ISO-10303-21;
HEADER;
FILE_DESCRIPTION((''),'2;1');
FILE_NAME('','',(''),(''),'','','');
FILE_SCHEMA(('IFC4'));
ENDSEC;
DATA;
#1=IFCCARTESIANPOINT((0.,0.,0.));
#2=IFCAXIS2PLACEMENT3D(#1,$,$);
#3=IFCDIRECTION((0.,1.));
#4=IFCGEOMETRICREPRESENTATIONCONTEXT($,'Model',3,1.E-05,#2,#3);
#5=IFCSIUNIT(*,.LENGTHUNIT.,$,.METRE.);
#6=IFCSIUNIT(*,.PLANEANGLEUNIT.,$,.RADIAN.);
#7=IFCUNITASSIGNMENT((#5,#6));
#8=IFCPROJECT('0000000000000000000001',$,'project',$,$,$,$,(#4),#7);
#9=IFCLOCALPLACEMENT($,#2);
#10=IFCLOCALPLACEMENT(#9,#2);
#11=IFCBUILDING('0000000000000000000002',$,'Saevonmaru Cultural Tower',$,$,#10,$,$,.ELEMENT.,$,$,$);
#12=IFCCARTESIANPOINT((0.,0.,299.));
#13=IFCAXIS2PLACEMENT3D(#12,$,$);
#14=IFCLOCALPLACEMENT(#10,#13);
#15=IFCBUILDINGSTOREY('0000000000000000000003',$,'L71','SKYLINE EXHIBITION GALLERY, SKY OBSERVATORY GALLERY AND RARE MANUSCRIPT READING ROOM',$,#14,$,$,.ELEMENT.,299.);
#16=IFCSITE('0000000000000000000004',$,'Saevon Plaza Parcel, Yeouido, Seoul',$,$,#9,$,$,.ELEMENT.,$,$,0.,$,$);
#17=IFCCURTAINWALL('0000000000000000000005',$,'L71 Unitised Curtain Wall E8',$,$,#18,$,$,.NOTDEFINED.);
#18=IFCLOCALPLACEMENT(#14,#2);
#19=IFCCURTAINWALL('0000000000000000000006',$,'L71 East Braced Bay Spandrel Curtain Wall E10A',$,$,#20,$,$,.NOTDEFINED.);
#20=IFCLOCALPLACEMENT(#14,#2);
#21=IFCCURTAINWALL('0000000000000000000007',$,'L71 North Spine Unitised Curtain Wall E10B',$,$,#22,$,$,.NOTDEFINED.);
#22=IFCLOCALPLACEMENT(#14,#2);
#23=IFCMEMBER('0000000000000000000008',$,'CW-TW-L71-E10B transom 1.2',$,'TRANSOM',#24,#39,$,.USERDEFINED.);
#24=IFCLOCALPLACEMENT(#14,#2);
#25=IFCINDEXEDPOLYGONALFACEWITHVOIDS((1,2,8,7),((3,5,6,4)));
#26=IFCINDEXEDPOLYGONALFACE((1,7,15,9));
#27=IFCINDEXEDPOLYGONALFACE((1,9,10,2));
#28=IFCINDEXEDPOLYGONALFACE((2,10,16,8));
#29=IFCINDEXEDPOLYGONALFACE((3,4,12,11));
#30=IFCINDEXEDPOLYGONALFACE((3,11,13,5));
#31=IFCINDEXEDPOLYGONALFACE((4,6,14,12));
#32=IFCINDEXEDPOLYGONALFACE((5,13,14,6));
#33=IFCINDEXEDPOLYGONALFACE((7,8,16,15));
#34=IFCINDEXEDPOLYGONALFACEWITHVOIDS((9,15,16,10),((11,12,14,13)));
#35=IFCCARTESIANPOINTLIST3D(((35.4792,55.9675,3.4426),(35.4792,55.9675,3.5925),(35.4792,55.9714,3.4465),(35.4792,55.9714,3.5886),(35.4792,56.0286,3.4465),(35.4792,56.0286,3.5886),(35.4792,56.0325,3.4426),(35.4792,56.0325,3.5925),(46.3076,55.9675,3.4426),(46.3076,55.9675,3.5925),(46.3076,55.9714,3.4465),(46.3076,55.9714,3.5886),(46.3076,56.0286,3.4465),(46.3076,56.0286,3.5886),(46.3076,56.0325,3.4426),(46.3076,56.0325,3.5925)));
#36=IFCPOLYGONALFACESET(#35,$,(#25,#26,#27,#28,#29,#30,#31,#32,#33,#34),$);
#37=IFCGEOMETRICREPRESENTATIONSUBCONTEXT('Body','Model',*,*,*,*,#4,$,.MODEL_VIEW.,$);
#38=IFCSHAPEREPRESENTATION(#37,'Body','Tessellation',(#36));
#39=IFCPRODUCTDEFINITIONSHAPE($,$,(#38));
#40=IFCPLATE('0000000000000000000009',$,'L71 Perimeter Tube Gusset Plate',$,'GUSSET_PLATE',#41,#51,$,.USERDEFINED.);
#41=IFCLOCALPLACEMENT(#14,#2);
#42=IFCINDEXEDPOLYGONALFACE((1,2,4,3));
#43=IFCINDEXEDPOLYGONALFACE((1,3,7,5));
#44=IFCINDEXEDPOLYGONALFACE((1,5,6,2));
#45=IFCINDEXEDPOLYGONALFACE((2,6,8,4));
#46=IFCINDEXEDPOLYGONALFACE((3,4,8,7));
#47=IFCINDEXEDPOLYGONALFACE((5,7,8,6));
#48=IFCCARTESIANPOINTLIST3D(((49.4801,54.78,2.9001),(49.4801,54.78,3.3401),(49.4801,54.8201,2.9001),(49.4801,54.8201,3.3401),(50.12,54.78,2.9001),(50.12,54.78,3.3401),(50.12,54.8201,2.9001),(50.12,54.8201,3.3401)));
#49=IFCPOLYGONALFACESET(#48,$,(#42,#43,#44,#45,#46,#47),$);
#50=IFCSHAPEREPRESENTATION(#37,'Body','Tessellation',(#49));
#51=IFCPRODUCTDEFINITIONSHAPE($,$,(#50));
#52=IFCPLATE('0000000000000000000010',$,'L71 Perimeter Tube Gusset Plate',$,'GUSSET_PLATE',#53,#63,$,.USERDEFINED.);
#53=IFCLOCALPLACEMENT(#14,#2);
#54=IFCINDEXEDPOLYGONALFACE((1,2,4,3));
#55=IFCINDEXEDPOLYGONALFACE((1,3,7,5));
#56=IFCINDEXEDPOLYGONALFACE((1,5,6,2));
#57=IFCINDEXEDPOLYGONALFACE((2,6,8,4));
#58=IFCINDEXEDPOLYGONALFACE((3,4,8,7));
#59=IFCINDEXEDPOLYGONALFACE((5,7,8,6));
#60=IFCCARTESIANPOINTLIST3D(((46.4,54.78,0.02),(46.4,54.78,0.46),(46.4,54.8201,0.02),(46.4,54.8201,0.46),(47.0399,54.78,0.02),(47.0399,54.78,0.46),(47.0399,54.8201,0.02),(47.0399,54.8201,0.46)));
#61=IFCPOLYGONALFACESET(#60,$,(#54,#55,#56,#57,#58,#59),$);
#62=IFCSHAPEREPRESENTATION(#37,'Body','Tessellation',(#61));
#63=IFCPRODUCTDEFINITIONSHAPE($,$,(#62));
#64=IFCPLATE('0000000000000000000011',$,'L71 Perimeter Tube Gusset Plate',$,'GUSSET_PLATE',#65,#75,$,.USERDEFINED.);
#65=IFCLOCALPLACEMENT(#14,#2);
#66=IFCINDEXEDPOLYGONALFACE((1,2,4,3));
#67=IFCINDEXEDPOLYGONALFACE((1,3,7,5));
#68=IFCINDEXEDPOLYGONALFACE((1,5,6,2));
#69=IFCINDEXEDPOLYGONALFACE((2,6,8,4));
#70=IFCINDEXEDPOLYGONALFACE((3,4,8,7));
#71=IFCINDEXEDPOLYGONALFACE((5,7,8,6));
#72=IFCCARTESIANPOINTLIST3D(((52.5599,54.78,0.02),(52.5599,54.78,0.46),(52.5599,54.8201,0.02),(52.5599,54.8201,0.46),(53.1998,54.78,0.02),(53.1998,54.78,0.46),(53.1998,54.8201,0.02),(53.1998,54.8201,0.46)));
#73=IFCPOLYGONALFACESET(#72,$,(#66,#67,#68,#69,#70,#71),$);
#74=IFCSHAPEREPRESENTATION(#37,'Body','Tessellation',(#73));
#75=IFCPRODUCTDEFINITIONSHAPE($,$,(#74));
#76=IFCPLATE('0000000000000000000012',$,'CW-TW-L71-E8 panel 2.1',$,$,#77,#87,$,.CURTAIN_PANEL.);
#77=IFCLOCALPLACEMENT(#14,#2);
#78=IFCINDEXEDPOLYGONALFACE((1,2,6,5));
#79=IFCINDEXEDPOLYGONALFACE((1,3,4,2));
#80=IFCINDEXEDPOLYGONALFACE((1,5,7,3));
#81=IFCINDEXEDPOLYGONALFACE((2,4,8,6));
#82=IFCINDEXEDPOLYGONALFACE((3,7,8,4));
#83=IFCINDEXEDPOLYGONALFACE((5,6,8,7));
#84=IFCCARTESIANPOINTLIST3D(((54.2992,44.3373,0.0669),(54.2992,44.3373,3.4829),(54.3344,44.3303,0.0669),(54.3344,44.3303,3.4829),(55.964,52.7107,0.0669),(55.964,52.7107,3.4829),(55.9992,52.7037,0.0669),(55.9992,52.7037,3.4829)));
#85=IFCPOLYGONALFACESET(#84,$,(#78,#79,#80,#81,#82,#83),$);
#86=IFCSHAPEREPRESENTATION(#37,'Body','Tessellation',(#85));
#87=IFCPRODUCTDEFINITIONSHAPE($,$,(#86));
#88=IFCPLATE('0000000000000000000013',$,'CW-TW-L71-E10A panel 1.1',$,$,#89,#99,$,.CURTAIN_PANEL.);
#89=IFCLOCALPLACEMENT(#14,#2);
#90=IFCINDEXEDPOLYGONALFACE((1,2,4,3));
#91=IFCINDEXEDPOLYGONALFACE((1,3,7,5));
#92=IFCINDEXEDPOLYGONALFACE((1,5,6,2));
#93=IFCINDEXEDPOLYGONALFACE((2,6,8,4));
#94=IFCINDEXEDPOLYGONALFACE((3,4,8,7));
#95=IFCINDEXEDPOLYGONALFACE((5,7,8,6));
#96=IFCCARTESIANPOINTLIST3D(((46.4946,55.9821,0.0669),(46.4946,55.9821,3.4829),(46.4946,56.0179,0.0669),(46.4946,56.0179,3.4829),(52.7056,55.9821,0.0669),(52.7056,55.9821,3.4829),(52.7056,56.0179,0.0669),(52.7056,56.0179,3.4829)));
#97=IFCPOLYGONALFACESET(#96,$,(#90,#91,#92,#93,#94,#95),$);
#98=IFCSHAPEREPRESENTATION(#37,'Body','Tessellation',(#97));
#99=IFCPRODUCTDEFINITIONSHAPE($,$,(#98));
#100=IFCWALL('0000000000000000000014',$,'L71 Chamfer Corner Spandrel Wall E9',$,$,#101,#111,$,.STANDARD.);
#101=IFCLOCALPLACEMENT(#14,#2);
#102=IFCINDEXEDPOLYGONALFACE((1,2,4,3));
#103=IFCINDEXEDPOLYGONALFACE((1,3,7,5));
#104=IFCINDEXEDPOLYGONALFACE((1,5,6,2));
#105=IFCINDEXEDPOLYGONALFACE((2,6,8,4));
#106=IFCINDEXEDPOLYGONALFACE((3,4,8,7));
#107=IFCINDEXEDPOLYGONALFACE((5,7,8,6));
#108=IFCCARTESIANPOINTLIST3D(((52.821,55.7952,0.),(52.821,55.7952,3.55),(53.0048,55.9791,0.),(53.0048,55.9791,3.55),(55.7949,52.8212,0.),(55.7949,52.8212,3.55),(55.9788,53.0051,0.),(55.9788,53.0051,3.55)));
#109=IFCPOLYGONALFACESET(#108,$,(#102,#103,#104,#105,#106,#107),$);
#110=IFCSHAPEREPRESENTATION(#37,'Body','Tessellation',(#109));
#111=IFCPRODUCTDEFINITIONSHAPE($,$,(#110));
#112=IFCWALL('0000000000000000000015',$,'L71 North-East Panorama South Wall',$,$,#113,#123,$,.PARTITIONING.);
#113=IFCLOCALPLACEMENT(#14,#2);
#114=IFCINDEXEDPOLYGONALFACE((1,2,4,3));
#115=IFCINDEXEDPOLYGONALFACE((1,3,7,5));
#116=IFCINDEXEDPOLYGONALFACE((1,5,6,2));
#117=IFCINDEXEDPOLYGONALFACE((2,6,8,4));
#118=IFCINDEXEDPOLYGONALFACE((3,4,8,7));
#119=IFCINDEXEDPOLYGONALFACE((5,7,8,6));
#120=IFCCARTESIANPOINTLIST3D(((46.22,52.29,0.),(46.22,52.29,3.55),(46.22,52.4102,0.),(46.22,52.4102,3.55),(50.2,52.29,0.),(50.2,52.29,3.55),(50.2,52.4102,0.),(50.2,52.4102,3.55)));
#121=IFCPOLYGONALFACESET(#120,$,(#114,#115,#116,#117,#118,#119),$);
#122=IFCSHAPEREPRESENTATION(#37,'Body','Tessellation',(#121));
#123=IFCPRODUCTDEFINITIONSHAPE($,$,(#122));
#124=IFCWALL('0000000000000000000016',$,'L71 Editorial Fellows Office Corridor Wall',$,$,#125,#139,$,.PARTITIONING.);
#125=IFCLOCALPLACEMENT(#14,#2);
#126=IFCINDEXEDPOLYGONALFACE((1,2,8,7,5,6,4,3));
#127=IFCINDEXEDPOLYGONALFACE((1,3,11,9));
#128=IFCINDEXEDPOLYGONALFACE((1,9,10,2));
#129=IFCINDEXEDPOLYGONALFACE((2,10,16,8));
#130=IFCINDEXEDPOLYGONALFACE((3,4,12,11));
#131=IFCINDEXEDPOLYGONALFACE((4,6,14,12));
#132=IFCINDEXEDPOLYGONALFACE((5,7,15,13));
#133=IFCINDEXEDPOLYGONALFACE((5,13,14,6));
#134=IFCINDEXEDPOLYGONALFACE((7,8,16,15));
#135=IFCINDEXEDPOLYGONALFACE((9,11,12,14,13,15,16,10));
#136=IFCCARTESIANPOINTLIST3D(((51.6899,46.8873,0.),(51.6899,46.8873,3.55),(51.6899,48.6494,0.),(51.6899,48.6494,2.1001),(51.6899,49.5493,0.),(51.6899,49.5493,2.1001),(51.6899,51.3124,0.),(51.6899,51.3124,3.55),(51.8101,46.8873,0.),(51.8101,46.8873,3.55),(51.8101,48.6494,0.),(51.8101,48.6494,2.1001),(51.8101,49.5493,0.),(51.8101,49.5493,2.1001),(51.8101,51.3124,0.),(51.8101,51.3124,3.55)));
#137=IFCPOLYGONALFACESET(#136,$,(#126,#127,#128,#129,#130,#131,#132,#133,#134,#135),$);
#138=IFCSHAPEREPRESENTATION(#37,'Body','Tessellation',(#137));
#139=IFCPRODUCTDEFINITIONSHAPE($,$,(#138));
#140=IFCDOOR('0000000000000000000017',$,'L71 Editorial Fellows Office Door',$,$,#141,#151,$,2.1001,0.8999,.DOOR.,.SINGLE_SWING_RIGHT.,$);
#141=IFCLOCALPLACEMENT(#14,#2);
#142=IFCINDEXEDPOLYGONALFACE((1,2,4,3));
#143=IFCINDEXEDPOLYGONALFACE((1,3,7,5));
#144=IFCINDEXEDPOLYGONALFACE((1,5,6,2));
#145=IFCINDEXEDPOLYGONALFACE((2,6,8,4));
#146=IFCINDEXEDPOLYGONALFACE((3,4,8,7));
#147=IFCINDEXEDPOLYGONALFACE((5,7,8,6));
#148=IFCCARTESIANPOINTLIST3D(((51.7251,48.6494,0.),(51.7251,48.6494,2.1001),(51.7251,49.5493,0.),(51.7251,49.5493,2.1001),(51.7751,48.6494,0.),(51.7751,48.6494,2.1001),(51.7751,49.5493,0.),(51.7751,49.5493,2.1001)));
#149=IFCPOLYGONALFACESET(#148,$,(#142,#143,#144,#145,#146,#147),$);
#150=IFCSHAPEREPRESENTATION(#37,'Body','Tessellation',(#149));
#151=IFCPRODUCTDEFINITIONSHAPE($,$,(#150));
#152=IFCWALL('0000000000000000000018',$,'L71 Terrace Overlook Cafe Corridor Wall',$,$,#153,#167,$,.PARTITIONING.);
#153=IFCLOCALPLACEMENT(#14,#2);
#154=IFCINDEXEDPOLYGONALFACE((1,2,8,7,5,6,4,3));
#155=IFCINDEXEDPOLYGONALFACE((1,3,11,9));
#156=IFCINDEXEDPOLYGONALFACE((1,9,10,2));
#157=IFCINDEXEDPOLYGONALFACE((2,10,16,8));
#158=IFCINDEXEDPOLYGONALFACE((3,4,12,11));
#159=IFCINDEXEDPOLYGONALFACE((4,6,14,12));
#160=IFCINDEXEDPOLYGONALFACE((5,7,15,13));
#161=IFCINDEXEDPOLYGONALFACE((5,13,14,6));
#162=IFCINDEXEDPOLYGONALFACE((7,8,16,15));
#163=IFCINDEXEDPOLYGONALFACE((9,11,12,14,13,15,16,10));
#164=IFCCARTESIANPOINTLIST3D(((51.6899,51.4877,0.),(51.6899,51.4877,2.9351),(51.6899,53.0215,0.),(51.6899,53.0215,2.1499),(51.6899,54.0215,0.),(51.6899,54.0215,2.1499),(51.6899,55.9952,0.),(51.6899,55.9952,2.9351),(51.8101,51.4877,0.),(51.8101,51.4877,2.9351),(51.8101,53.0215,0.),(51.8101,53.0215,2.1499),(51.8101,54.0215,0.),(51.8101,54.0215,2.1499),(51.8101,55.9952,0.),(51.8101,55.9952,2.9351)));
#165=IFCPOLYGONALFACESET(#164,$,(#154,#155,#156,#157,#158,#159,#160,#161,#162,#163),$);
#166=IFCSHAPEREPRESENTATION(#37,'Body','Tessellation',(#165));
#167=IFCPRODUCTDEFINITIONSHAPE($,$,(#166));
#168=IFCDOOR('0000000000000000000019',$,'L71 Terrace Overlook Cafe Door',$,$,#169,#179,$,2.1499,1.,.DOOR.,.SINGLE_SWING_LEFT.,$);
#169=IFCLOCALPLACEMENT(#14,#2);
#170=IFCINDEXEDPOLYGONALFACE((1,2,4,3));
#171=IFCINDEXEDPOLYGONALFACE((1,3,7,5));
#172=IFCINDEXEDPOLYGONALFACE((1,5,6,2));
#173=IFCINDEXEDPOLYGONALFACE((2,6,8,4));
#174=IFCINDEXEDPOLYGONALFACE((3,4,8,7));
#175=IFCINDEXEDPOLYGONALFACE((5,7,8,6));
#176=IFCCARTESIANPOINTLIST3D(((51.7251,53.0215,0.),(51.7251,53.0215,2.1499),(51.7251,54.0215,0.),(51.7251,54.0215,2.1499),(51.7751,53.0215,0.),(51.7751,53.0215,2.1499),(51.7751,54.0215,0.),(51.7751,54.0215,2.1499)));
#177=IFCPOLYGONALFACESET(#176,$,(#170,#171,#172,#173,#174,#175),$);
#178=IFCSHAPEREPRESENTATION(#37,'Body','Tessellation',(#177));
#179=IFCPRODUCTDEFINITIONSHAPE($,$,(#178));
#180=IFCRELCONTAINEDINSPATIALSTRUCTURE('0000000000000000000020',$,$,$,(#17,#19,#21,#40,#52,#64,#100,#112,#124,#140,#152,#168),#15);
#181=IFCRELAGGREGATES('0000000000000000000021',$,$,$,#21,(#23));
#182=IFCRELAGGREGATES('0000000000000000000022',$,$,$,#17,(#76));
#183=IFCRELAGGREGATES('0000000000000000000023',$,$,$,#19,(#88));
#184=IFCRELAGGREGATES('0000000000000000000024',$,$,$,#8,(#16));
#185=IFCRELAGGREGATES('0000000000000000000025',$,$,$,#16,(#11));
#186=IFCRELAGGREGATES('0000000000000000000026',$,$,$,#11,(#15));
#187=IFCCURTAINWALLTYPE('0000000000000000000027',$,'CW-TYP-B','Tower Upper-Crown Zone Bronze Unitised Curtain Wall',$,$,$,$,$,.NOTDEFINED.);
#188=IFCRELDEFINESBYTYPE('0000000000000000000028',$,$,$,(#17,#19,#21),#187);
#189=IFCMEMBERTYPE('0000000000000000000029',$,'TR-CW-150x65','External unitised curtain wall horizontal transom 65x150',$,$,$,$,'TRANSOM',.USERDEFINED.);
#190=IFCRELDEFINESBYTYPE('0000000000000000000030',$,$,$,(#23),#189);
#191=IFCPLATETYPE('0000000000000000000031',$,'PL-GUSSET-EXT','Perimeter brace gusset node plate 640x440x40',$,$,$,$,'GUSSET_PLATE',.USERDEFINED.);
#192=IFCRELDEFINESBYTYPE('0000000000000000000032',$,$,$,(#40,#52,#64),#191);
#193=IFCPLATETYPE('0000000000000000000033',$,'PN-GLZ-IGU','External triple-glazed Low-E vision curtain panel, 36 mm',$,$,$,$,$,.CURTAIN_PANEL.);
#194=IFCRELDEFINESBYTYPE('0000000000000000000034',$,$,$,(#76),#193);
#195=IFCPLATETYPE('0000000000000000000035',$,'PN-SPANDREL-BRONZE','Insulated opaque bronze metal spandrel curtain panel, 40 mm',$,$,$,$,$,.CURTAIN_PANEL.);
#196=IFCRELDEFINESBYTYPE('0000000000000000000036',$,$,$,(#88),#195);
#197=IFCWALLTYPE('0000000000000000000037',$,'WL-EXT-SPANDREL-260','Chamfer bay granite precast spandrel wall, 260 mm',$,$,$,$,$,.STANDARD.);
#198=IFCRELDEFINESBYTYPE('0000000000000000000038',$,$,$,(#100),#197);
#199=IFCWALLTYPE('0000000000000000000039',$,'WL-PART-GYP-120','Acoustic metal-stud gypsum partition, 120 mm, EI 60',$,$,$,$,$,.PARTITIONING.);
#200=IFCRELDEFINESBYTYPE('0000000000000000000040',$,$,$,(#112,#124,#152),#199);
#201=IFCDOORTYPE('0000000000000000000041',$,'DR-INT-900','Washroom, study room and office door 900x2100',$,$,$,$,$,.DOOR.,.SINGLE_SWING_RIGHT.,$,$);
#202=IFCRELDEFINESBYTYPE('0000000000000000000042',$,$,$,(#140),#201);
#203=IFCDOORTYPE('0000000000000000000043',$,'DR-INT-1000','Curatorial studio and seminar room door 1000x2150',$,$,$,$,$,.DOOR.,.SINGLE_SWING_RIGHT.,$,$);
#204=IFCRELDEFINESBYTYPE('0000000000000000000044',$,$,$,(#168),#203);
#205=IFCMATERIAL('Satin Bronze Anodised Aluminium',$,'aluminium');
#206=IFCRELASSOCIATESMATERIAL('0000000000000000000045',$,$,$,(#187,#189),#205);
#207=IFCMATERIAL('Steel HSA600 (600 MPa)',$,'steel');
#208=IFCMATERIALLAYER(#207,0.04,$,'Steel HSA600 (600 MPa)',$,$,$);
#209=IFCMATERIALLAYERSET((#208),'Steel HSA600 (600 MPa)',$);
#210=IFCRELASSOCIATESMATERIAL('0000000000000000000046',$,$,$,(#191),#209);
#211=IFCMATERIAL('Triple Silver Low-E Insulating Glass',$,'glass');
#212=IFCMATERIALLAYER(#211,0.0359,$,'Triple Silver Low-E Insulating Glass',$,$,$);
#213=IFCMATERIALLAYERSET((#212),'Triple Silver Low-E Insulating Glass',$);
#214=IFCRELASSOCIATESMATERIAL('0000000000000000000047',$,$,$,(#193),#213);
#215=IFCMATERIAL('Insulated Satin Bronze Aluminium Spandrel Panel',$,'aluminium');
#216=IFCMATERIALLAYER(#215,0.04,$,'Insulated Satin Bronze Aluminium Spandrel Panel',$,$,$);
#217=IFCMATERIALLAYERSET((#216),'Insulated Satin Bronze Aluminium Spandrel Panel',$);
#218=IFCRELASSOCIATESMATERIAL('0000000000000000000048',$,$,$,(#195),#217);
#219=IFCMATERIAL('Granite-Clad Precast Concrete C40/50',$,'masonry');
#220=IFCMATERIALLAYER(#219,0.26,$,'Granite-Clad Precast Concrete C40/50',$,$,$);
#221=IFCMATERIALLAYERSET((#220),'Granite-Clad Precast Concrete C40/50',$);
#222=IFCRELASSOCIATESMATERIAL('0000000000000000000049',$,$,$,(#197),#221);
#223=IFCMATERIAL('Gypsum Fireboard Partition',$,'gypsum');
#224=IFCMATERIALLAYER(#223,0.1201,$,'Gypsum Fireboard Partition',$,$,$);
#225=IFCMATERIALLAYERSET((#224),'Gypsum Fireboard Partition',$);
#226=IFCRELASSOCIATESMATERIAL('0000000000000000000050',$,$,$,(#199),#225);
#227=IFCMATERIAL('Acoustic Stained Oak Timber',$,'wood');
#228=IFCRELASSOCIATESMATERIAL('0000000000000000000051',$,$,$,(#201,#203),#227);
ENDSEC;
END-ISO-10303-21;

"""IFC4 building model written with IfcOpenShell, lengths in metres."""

from ifc_helpers import new_model, si_unit, direction, frame, frame_2d, origin, origin_2d, place, context, subcontext, project, spatial, rectangle, hollow_rectangle, extrude, material, layer, layer_set, material_profile, profile_set, type_object, element, fill, aggregate, save


model = new_model("IFC4")

# Units and contexts
model_context = context("Model", 3, precision=1e-05, world=origin(), true_north=direction((0.0, 1.0)))
body_context = subcontext(model_context, "Body", "Model", "MODEL_VIEW")
ifc_project = project(units=[si_unit("LENGTHUNIT", "METRE"), si_unit("PLANEANGLEUNIT", "RADIAN")], contexts=[model_context])

# Site, building, storey
site_placement = place(None, origin())
site = spatial("IfcSite", under=ifc_project, at=site_placement, Name="Saevon Plaza Parcel, Yeouido, Seoul", CompositionType="ELEMENT", RefElevation=0.0)
building_placement = place(site_placement, origin())
building = spatial("IfcBuilding", under=site, at=building_placement, Name="Saevonmaru Cultural Tower", CompositionType="ELEMENT")
storey_placement = place(building_placement, frame((0.0, 0.0, 299.0)))
storey = spatial("IfcBuildingStorey", under=building, at=storey_placement, Name="L71", Description="SKYLINE EXHIBITION GALLERY, SKY OBSERVATORY GALLERY AND RARE MANUSCRIPT READING ROOM", CompositionType="ELEMENT", Elevation=299.0)

# Curtain wall
ifc_material_1 = material(Name="Satin Bronze Anodised Aluminium", Category="aluminium")
curtain_wall_type = type_object("IfcCurtainWallType", Name="CW-TYP-B", Description="Tower Upper-Crown Zone Bronze Unitised Curtain Wall", PredefinedType="NOTDEFINED", material=ifc_material_1)
curtain_wall_1_placement = place(storey_placement, origin())
curtain_wall_1 = element("IfcCurtainWall", 1, at=curtain_wall_1_placement, inside=storey, type_object=curtain_wall_type, Name="L71 Unitised Curtain Wall E8", PredefinedType="NOTDEFINED")

# Curtain wall
curtain_wall_2_placement = place(storey_placement, origin())
curtain_wall_2 = element("IfcCurtainWall", 2, at=curtain_wall_2_placement, inside=storey, type_object=curtain_wall_type, Name="L71 East Braced Bay Spandrel Curtain Wall E10A", PredefinedType="NOTDEFINED")

# Curtain wall
curtain_wall_3_placement = place(storey_placement, origin())
curtain_wall_3 = element("IfcCurtainWall", 3, at=curtain_wall_3_placement, inside=storey, type_object=curtain_wall_type, Name="L71 North Spine Unitised Curtain Wall E10B", PredefinedType="NOTDEFINED")

# Member
ifc_material_profile_1 = material_profile(ifc_material_1, hollow_rectangle(XDim=0.0649, YDim=0.1499, WallThickness=0.0039, at=origin_2d()), Name="ALU-TRAN-150x65x4")
ifc_profile_set_1 = profile_set([ifc_material_profile_1], Name="Satin Bronze Anodised Aluminium")
member_type_1 = type_object("IfcMemberType", Name="TR-CW-150x65", Description="External unitised curtain wall horizontal transom 65x150", ElementType="TRANSOM", PredefinedType="USERDEFINED", material=ifc_profile_set_1)
member_1_placement = place(storey_placement, frame((46.3076, 56.0, 3.5176), z_axis=(-1.0, 0.0, 0.0), x_axis=(0.0, -1.0, 0.0)))
member_1 = element("IfcMember", 4, at=member_1_placement, type_object=member_type_1, Name="CW-TW-L71-E10B transom 1.2", ObjectType="TRANSOM", PredefinedType="USERDEFINED", context=body_context, shape_type="SweptSolid", body=[
    extrude(hollow_rectangle(XDim=0.0649, YDim=0.1499, WallThickness=0.0039, at=origin_2d()), origin(), (0.0, 0.0, 1.0), 10.8284),
])
aggregate(curtain_wall_3, [member_1])

# Plates
ifc_material_2 = material(Name="Steel HSA600 (600 MPa)", Category="steel")
ifc_layer_1 = layer(ifc_material_2, 0.04, Name="Steel HSA600 (600 MPa)")
ifc_layer_set_1 = layer_set([ifc_layer_1], Name="Steel HSA600 (600 MPa)")
plate_type_1 = type_object("IfcPlateType", Name="PL-GUSSET-EXT", Description="Perimeter brace gusset node plate 640x440x40", ElementType="GUSSET_PLATE", PredefinedType="USERDEFINED", material=ifc_layer_set_1)
for number, where, z_axis, x_axis, name in (
    (5, (49.8, 54.8, 2.9001), (0.0, 0.0, 1.0), (1.0, 0.0, 0.0), "L71 Perimeter Tube Gusset Plate"),
    (6, (46.72, 54.8, 0.02), (0.0, 0.0, 1.0), (1.0, 0.0, 0.0), "L71 Perimeter Tube Gusset Plate"),
    (7, (52.8799, 54.8, 0.02), (0.0, 0.0, 1.0), (1.0, 0.0, 0.0), "L71 Perimeter Tube Gusset Plate"),
):
    element("IfcPlate", number, at=place(storey_placement, frame(where, z_axis=z_axis, x_axis=x_axis)), inside=storey, type_object=plate_type_1, Name=name, ObjectType="GUSSET_PLATE", PredefinedType="USERDEFINED", context=body_context, shape_type="SweptSolid", body=[
        extrude(rectangle(XDim=0.6399, YDim=0.04, at=origin_2d()), origin(), (0.0, 0.0, 1.0), 0.4399),
    ])

# Plates
ifc_material_3 = material(Name="Triple Silver Low-E Insulating Glass", Category="glass")
ifc_layer_2 = layer(ifc_material_3, 0.0359, Name="Triple Silver Low-E Insulating Glass")
ifc_layer_set_2 = layer_set([ifc_layer_2], Name="Triple Silver Low-E Insulating Glass")
plate_type_2 = type_object("IfcPlateType", Name="PN-GLZ-IGU", Description="External triple-glazed Low-E vision curtain panel, 36 mm", PredefinedType="CURTAIN_PANEL", material=ifc_layer_set_2)
plate_1_placement = place(storey_placement, frame((55.1492, 48.5205, 0.0669), z_axis=(0.0, 0.0, 1.0), x_axis=(0.195005, 0.980802, 0.0)))
plate_1 = element("IfcPlate", 8, at=plate_1_placement, type_object=plate_type_2, Name="CW-TW-L71-E8 panel 2.1", PredefinedType="CURTAIN_PANEL", context=body_context, shape_type="SweptSolid", body=[
    extrude(rectangle(XDim=8.5374, YDim=0.0359, at=origin_2d()), origin(), (0.0, 0.0, 1.0), 3.416),
])
aggregate(curtain_wall_1, [plate_1])
ifc_material_4 = material(Name="Insulated Satin Bronze Aluminium Spandrel Panel", Category="aluminium")
ifc_layer_3 = layer(ifc_material_4, 0.04, Name="Insulated Satin Bronze Aluminium Spandrel Panel")
ifc_layer_set_3 = layer_set([ifc_layer_3], Name="Insulated Satin Bronze Aluminium Spandrel Panel")
plate_type_3 = type_object("IfcPlateType", Name="PN-SPANDREL-BRONZE", Description="Insulated opaque bronze metal spandrel curtain panel, 40 mm", PredefinedType="CURTAIN_PANEL", material=ifc_layer_set_3)
plate_2_placement = place(storey_placement, frame((49.6001, 56.0, 0.0669), z_axis=(0.0, 0.0, 1.0), x_axis=(-1.0, 0.0, 0.0)))
plate_2 = element("IfcPlate", 9, at=plate_2_placement, type_object=plate_type_3, Name="CW-TW-L71-E10A panel 1.1", PredefinedType="CURTAIN_PANEL", context=body_context, shape_type="SweptSolid", body=[
    extrude(rectangle(XDim=6.2109, YDim=0.0359, at=origin_2d()), origin(), (0.0, 0.0, 1.0), 3.416),
])
aggregate(curtain_wall_2, [plate_2])

# Wall
ifc_material_5 = material(Name="Granite-Clad Precast Concrete C40/50", Category="masonry")
ifc_layer_4 = layer(ifc_material_5, 0.26, Name="Granite-Clad Precast Concrete C40/50")
ifc_layer_set_4 = layer_set([ifc_layer_4], Name="Granite-Clad Precast Concrete C40/50")
wall_type_1 = type_object("IfcWallType", Name="WL-EXT-SPANDREL-260", Description="Chamfer bay granite precast spandrel wall, 260 mm", PredefinedType="STANDARD", material=ifc_layer_set_4)
wall_1_placement = place(storey_placement, frame((55.887, 52.9131, 0.0), z_axis=(0.0, 0.0, 1.0), x_axis=(-0.707107, 0.707107, 0.0)))
element("IfcWall", 10, at=wall_1_placement, inside=storey, type_object=wall_type_1, Name="L71 Chamfer Corner Spandrel Wall E9", PredefinedType="STANDARD", context=body_context, shape_type="SweptSolid", body=[
    extrude(rectangle(XDim=4.2058, YDim=0.26, at=frame_2d((2.103, 0.0))), origin(), (0.0, 0.0, 1.0), 3.55),
])

# Shared definitions
ifc_material_6 = material(Name="Gypsum Fireboard Partition", Category="gypsum")

# Wall
ifc_layer_5 = layer(ifc_material_6, 0.1201, Name="Gypsum Fireboard Partition")
ifc_layer_set_5 = layer_set([ifc_layer_5], Name="Gypsum Fireboard Partition")
wall_type_2 = type_object("IfcWallType", Name="WL-PART-GYP-120", Description="Acoustic metal-stud gypsum partition, 120 mm, EI 60", PredefinedType="PARTITIONING", material=ifc_layer_set_5)
wall_2_placement = place(storey_placement, frame((46.22, 52.3501, 0.0), z_axis=(0.0, 0.0, 1.0), x_axis=(1.0, 0.0, 0.0)))
element("IfcWall", 11, at=wall_2_placement, inside=storey, type_object=wall_type_2, Name="L71 North-East Panorama South Wall", PredefinedType="PARTITIONING", context=body_context, shape_type="SweptSolid", body=[
    extrude(rectangle(XDim=3.98, YDim=0.1201, at=frame_2d((1.99, 0.0))), origin(), (0.0, 0.0, 1.0), 3.55),
])

# Walls, openings, doors
wall_3_placement = place(storey_placement, frame((51.75, 46.8875, 0.0), z_axis=(0.0, 0.0, 1.0), x_axis=(0.0, 1.0, 0.0)))
wall_3 = element("IfcWall", 12, at=wall_3_placement, inside=storey, type_object=wall_type_2, Name="L71 Editorial Fellows Office Corridor Wall", PredefinedType="PARTITIONING", context=body_context, shape_type="SweptSolid", body=[
    extrude(rectangle(XDim=4.425, YDim=0.1201, at=frame_2d((2.2124, 0.0))), origin(), (0.0, 0.0, 1.0), 3.55),
])
opening_1_placement = place(wall_3_placement, frame((1.762, 0.0, 0.0)))
opening_1 = element("IfcOpeningElement", 13, at=opening_1_placement, cuts=wall_3, PredefinedType="OPENING", context=body_context, shape_type="SweptSolid", body=[
    extrude(rectangle(XDim=0.8999, YDim=2.1001, at=frame_2d((0.45, 1.05))), frame((0.0, 0.0701, 0.0), z_axis=(0.0, -1.0, 0.0), x_axis=(1.0, 0.0, 0.0)), (0.0, 0.0, 1.0), 0.1401),
])
ifc_material_7 = material(Name="Acoustic Stained Oak Timber", Category="wood")
door_type_1 = type_object("IfcDoorType", Name="DR-INT-900", Description="Washroom, study room and office door 900x2100", OperationType="SINGLE_SWING_RIGHT", PredefinedType="DOOR", material=ifc_material_7)
door_1_placement = place(opening_1_placement, origin())
door_1 = element("IfcDoor", 14, at=door_1_placement, inside=storey, type_object=door_type_1, Name="L71 Editorial Fellows Office Door", OperationType="SINGLE_SWING_RIGHT", OverallHeight=2.1001, OverallWidth=0.8999, PredefinedType="DOOR", context=body_context, shape_type="SweptSolid", body=[
    extrude(rectangle(XDim=0.8999, YDim=2.1001, at=frame_2d((0.45, 1.05))), frame((0.0, 0.0249, 0.0), z_axis=(0.0, -1.0, 0.0), x_axis=(1.0, 0.0, 0.0)), (0.0, 0.0, 1.0), 0.05),
])
fill(opening_1, door_1)
wall_4_placement = place(storey_placement, frame((51.75, 51.4875, 0.0), z_axis=(0.0, 0.0, 1.0), x_axis=(0.0, 1.0, 0.0)))
wall_4 = element("IfcWall", 15, at=wall_4_placement, inside=storey, type_object=wall_type_2, Name="L71 Terrace Overlook Cafe Corridor Wall", PredefinedType="PARTITIONING", context=body_context, shape_type="SweptSolid", body=[
    extrude(rectangle(XDim=4.5076, YDim=0.1201, at=frame_2d((2.2539, 0.0))), origin(), (0.0, 0.0, 1.0), 2.9351),
])
opening_2_placement = place(wall_4_placement, frame((1.5339, 0.0, 0.0)))
opening_2 = element("IfcOpeningElement", 16, at=opening_2_placement, cuts=wall_4, PredefinedType="OPENING", context=body_context, shape_type="SweptSolid", body=[
    extrude(rectangle(XDim=1.0, YDim=2.1499, at=frame_2d((0.5, 1.075))), frame((0.0, 0.0701, 0.0), z_axis=(0.0, -1.0, 0.0), x_axis=(1.0, 0.0, 0.0)), (0.0, 0.0, 1.0), 0.1401),
])
door_type_2 = type_object("IfcDoorType", Name="DR-INT-1000", Description="Curatorial studio and seminar room door 1000x2150", OperationType="SINGLE_SWING_RIGHT", PredefinedType="DOOR", material=ifc_material_7)
door_2_placement = place(opening_2_placement, origin())
door_2 = element("IfcDoor", 17, at=door_2_placement, inside=storey, type_object=door_type_2, Name="L71 Terrace Overlook Cafe Door", OperationType="SINGLE_SWING_LEFT", OverallHeight=2.1499, OverallWidth=1.0, PredefinedType="DOOR", context=body_context, shape_type="SweptSolid", body=[
    extrude(rectangle(XDim=1.0, YDim=2.1499, at=frame_2d((0.5, 1.075))), frame((0.0, 0.0249, 0.0), z_axis=(0.0, -1.0, 0.0), x_axis=(1.0, 0.0, 0.0)), (0.0, 0.0, 1.0), 0.05),
])
fill(opening_2, door_2)

save(model, "model.ifc")
